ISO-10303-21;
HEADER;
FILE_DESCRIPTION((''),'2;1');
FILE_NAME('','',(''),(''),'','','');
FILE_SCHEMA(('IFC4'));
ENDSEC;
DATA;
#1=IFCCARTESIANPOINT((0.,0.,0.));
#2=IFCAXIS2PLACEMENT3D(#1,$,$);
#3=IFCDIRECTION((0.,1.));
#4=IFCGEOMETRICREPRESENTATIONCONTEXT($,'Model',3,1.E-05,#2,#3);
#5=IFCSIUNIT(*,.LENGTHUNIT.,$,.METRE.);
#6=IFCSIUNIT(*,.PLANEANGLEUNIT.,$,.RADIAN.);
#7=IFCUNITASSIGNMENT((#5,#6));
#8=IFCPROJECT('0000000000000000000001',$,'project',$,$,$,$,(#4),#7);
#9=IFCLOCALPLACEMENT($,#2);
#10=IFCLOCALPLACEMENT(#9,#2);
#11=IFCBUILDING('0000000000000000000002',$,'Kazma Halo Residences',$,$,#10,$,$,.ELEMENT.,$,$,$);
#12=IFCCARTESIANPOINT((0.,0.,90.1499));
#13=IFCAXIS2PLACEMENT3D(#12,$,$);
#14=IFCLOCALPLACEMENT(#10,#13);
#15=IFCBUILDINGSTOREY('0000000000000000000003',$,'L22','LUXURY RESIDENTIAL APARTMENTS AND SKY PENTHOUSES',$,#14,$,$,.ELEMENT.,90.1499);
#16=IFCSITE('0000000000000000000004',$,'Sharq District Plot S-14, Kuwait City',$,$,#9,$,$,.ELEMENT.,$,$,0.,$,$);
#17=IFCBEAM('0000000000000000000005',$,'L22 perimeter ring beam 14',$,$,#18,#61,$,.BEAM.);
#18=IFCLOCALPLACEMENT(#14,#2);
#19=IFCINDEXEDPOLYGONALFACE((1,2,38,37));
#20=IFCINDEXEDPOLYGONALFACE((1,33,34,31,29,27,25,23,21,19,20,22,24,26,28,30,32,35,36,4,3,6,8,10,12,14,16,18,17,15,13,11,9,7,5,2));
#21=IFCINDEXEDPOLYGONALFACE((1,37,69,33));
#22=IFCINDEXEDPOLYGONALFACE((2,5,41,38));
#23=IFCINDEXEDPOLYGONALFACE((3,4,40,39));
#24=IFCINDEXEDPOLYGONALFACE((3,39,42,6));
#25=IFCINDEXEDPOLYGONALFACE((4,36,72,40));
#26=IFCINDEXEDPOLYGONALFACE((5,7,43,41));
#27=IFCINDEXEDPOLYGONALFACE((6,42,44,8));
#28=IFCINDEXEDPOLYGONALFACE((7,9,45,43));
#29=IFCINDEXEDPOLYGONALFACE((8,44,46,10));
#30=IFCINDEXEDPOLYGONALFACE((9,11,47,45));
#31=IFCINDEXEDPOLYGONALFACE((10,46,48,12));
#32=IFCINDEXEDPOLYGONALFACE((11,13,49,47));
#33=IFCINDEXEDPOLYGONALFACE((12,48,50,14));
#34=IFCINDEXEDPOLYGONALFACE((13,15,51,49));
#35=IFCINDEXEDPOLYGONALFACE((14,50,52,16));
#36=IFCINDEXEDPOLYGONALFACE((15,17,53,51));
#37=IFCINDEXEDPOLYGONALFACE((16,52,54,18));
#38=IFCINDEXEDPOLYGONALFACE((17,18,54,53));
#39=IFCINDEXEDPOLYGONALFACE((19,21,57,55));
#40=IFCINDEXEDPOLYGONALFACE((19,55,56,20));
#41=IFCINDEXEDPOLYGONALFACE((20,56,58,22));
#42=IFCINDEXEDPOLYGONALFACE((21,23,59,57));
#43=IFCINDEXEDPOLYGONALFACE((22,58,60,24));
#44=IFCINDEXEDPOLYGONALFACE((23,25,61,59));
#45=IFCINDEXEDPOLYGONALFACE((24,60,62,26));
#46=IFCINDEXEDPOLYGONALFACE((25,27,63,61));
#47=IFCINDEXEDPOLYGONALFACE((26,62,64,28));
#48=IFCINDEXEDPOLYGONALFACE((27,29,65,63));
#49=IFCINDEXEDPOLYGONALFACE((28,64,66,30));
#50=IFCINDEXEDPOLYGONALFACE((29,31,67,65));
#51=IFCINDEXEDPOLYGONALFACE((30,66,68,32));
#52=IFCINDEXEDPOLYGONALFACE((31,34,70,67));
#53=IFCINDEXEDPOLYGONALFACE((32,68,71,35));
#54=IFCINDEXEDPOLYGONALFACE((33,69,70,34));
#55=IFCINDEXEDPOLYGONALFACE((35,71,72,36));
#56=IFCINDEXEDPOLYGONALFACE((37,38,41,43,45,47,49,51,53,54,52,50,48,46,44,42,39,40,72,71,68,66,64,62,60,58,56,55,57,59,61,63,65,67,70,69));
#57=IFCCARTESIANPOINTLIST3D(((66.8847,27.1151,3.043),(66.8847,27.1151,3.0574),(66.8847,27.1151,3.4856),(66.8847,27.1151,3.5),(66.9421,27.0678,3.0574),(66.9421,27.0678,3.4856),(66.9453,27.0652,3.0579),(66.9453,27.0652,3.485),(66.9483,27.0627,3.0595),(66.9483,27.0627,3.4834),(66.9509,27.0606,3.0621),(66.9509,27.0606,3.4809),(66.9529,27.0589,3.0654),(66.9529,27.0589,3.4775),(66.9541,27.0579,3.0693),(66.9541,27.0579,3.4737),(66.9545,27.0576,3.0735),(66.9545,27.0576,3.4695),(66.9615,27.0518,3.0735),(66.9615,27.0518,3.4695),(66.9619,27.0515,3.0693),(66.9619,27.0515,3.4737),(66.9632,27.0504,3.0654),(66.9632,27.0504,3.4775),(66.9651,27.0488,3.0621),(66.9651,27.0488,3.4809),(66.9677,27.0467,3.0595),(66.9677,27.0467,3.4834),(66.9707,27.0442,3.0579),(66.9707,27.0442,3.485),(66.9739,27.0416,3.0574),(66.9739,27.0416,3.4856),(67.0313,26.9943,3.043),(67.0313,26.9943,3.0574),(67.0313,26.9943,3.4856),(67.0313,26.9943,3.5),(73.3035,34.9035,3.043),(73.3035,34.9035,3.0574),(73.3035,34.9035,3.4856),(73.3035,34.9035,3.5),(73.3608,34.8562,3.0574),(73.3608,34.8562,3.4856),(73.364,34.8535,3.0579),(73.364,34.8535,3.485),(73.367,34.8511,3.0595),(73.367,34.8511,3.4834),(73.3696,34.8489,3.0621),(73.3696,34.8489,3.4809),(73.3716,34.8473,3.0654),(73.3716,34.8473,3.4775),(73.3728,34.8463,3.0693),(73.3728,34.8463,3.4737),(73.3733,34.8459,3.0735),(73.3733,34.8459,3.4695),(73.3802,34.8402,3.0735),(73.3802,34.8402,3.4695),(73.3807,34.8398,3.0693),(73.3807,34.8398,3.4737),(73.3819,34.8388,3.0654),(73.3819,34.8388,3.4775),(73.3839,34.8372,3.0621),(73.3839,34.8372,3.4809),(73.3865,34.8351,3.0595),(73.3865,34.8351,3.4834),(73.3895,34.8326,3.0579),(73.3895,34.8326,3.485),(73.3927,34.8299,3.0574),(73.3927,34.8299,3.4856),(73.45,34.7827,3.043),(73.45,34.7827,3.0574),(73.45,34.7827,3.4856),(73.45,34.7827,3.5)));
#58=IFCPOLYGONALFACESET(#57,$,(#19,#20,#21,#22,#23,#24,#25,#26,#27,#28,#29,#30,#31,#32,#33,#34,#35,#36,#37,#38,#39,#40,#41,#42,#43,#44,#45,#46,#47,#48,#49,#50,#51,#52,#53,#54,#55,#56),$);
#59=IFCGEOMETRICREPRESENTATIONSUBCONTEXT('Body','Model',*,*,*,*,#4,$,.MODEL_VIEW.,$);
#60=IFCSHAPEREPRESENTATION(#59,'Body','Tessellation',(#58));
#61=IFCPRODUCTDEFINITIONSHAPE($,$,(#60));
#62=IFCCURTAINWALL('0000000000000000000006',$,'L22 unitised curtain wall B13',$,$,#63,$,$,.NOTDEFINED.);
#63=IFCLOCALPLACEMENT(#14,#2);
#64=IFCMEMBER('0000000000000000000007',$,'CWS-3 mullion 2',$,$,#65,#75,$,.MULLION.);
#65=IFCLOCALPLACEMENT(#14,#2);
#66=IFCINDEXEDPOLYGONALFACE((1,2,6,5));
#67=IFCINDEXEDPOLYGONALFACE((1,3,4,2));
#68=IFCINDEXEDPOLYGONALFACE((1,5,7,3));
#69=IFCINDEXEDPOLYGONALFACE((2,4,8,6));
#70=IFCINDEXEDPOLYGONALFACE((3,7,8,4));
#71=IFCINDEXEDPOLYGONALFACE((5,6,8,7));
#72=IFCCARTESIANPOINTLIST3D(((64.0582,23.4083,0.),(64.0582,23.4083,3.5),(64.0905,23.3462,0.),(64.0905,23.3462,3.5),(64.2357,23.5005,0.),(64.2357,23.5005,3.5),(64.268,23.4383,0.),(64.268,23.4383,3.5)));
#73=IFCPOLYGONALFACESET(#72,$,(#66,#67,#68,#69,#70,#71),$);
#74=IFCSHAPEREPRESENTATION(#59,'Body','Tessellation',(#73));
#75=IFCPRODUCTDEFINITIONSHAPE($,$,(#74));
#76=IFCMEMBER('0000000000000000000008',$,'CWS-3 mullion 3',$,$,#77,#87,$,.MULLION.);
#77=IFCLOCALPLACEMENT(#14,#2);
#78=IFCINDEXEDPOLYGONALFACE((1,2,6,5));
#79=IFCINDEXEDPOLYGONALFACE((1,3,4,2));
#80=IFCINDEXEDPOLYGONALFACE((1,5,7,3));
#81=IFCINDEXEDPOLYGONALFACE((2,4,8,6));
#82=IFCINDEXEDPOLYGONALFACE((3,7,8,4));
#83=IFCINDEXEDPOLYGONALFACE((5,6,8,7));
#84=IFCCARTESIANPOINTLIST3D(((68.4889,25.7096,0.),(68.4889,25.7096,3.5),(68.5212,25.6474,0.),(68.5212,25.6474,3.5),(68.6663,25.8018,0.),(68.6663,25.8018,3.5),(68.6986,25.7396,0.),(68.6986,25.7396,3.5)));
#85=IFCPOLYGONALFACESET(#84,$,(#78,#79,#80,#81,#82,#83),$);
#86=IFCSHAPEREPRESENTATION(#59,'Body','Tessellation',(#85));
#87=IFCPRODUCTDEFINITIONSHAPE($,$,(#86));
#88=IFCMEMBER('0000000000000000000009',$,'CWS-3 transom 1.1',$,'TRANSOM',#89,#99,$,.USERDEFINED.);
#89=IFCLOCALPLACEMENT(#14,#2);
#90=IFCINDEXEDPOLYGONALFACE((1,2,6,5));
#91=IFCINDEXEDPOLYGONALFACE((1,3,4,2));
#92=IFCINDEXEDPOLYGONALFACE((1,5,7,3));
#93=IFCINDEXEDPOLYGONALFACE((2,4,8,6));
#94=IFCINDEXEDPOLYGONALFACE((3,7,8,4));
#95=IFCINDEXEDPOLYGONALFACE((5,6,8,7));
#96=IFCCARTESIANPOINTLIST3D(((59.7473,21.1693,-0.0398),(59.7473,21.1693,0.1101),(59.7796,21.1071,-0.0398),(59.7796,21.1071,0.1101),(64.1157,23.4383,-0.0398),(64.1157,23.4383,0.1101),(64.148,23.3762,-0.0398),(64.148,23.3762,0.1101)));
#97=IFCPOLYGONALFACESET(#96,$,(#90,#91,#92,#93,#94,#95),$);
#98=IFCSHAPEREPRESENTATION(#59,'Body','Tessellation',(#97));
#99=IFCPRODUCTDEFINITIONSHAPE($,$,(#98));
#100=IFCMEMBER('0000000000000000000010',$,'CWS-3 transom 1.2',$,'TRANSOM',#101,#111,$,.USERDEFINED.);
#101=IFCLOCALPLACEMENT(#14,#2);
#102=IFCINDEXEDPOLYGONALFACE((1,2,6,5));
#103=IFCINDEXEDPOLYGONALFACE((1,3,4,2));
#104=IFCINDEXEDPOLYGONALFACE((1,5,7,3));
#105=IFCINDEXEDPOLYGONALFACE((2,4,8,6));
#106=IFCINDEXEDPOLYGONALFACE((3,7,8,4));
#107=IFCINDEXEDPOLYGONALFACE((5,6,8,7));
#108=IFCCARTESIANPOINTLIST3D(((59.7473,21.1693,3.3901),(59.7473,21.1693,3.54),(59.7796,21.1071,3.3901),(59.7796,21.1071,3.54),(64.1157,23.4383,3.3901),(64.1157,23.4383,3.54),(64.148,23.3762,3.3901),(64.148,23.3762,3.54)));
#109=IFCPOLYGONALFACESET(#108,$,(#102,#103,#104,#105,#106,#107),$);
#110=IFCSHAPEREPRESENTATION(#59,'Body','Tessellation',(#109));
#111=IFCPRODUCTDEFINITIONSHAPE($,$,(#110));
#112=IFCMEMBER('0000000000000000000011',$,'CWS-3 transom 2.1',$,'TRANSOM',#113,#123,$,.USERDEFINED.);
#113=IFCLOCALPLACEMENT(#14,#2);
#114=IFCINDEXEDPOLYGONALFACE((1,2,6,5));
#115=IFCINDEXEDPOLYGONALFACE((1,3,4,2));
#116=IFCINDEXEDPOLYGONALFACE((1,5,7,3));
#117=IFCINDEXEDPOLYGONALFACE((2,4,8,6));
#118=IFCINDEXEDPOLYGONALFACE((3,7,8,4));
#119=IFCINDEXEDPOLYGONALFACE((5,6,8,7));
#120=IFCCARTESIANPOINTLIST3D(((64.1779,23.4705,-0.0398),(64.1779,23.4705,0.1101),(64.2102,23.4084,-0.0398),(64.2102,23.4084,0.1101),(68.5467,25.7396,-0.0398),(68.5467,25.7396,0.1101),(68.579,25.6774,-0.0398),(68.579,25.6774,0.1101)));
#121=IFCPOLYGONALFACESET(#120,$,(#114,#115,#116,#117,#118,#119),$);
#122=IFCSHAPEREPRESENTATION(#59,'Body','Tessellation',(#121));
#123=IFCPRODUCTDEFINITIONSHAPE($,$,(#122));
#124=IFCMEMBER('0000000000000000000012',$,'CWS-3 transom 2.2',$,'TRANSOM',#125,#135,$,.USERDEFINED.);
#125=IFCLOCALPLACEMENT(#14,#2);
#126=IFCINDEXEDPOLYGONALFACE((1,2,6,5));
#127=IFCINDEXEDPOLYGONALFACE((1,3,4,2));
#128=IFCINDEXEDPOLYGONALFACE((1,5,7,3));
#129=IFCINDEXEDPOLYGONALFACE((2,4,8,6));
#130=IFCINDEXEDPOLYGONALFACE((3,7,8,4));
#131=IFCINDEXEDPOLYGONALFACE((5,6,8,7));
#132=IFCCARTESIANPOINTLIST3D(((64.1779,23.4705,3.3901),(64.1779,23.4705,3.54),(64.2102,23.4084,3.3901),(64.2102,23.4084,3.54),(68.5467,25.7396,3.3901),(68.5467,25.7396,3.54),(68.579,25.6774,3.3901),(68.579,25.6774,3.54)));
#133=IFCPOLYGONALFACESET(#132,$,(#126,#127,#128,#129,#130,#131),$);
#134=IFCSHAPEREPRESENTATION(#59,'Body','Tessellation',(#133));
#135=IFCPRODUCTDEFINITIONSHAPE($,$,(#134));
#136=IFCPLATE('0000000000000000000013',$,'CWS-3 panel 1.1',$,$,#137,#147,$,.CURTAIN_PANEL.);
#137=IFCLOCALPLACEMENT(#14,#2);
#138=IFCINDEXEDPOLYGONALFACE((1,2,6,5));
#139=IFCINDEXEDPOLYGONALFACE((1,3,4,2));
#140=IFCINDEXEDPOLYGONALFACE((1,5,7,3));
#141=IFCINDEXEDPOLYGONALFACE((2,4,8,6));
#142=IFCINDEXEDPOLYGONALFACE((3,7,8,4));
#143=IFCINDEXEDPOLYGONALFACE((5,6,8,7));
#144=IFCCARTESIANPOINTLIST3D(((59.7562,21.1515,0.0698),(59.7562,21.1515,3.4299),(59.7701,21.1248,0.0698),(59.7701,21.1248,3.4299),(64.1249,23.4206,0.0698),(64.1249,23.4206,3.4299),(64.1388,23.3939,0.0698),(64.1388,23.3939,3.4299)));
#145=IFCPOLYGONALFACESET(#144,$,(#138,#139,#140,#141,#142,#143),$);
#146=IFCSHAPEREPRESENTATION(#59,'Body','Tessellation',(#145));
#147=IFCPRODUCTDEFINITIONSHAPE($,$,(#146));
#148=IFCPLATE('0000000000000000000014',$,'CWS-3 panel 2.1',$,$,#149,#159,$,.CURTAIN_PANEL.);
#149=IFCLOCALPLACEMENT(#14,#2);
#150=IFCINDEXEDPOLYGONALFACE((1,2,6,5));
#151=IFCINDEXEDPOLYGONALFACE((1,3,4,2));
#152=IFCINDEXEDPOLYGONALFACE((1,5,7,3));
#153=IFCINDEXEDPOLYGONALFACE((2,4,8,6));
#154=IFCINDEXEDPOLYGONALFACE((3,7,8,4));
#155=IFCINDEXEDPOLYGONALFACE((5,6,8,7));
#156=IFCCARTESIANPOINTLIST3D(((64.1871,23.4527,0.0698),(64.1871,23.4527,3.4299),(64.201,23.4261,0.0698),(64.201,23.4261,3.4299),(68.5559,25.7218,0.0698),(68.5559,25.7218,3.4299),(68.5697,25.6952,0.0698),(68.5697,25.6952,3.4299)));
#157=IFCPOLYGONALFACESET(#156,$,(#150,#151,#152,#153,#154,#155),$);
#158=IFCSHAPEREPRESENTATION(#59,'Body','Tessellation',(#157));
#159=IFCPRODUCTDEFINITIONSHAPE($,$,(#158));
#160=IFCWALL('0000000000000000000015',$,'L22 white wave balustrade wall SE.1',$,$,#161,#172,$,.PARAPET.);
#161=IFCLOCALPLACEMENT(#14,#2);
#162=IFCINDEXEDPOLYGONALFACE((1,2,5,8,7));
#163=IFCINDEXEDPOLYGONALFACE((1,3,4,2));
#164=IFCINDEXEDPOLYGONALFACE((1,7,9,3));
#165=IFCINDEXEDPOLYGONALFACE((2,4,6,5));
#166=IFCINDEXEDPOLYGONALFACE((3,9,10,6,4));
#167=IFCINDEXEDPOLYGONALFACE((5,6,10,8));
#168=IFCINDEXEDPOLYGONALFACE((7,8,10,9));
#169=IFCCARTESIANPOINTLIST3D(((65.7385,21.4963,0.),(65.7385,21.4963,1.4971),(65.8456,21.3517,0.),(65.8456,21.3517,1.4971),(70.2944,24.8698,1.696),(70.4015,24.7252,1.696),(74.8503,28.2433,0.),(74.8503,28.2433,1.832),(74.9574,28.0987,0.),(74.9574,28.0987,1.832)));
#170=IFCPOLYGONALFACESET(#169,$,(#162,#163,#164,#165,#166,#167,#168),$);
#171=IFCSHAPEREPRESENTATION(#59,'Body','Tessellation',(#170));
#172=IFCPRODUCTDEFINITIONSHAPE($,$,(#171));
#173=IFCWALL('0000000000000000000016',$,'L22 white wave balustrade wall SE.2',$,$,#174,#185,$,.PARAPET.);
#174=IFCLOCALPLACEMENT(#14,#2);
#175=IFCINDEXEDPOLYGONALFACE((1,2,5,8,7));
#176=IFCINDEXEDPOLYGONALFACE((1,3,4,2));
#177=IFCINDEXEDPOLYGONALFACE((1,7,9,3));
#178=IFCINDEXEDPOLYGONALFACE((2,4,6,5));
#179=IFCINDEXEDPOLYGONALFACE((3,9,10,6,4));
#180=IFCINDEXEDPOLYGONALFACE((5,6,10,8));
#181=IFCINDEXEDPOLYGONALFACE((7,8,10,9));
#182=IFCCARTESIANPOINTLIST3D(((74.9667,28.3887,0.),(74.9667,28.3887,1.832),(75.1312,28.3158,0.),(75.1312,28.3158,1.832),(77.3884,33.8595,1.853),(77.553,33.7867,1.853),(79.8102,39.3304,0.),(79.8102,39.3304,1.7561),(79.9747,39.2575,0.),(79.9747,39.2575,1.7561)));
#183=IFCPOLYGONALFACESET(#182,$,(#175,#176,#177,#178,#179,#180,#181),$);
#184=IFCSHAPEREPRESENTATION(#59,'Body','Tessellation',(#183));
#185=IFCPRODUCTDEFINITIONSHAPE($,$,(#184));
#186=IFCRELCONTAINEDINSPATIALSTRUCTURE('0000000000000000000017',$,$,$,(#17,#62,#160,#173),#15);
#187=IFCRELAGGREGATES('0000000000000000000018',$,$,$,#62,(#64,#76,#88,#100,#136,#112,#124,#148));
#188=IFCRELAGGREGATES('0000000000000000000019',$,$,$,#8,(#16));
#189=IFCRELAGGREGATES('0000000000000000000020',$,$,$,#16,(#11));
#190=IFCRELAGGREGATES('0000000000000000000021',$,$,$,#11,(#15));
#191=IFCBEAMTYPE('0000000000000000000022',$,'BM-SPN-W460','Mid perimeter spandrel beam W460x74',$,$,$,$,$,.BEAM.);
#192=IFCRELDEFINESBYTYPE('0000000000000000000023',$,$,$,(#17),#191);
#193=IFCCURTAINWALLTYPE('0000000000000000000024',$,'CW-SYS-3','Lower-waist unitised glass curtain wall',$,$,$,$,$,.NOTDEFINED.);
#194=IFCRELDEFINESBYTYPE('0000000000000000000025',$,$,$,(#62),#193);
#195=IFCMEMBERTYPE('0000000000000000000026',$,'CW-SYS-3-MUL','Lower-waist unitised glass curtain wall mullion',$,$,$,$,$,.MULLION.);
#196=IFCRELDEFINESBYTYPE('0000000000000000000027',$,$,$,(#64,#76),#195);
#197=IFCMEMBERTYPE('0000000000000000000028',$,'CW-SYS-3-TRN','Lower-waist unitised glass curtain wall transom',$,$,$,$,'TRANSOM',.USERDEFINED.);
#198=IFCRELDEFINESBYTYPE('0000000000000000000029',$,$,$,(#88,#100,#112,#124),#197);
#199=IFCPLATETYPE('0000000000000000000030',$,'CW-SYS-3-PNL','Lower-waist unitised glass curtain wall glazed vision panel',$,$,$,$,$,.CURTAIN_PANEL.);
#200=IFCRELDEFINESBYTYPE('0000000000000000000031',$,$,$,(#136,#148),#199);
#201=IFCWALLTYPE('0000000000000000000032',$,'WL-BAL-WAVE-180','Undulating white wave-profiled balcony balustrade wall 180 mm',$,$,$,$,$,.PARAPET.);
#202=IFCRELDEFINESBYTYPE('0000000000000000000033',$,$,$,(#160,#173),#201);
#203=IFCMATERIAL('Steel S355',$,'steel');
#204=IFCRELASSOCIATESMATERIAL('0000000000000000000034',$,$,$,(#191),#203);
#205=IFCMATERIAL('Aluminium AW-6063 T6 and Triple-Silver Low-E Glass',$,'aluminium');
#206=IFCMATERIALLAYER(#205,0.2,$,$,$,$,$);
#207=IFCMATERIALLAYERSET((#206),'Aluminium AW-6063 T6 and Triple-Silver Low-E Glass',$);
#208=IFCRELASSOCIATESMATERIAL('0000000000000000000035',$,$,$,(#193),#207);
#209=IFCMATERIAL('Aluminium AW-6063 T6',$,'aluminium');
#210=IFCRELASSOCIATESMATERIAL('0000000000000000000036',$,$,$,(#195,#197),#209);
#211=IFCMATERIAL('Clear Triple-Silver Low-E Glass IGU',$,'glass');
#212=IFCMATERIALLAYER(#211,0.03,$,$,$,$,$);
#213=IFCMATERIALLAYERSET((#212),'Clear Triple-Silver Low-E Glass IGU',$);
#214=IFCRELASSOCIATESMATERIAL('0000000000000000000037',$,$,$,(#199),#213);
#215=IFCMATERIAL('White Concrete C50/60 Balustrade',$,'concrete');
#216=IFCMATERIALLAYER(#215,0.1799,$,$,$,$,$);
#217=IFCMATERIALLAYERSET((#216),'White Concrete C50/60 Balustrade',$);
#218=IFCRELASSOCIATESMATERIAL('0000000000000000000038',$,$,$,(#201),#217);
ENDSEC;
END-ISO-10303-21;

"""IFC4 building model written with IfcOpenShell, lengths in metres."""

from ifc_helpers import new_model, si_unit, direction, frame, origin, origin_2d, place, context, subcontext, project, spatial, polyline, rectangle, i_section, outline, extrude, material, layer, layer_set, material_profile, profile_set, type_object, element, aggregate, save


model = new_model("IFC4")

# Units and contexts
model_context = context("Model", 3, precision=1e-05, world=origin(), true_north=direction((0.0, 1.0)))
body_context = subcontext(model_context, "Body", "Model", "MODEL_VIEW")
ifc_project = project(units=[si_unit("LENGTHUNIT", "METRE"), si_unit("PLANEANGLEUNIT", "RADIAN")], contexts=[model_context])

# Site, building, storey
site_placement = place(None, origin())
site = spatial("IfcSite", under=ifc_project, at=site_placement, Name="Sharq District Plot S-14, Kuwait City", CompositionType="ELEMENT", RefElevation=0.0)
building_placement = place(site_placement, origin())
building = spatial("IfcBuilding", under=site, at=building_placement, Name="Kazma Halo Residences", CompositionType="ELEMENT")
storey_placement = place(building_placement, frame((0.0, 0.0, 90.1499)))
storey = spatial("IfcBuildingStorey", under=building, at=storey_placement, Name="L22", Description="LUXURY RESIDENTIAL APARTMENTS AND SKY PENTHOUSES", CompositionType="ELEMENT", Elevation=90.1499)

# Beam
ifc_material_1 = material(Name="Steel S355", Category="steel")
ifc_material_profile_1 = material_profile(ifc_material_1, i_section(OverallWidth=0.1899, OverallDepth=0.457, WebThickness=0.009, FlangeThickness=0.0144, FilletRadius=0.0161, at=origin_2d()), Name="W460x74")
ifc_profile_set_1 = profile_set([ifc_material_profile_1], Name="Steel S355")
beam_type_1 = type_object("IfcBeamType", Name="BM-SPN-W460", Description="Mid perimeter spandrel beam W460x74", PredefinedType="BEAM", material=ifc_profile_set_1)
beam_1_placement = place(storey_placement, frame((66.958, 27.0547, 3.2715), z_axis=(0.63599, 0.771698, 0.0), x_axis=(-0.771698, 0.63599, 0.0)))
element("IfcBeam", 1, at=beam_1_placement, inside=storey, type_object=beam_type_1, Name="L22 perimeter ring beam 14", PredefinedType="BEAM", context=body_context, shape_type="SweptSolid", body=[
    extrude(i_section(OverallWidth=0.1899, OverallDepth=0.457, WebThickness=0.009, FlangeThickness=0.0144, FilletRadius=0.0161, at=origin_2d()), origin(), (0.0, 0.0, 1.0), 10.0925),
])

# Curtain wall, members, plates
ifc_material_2 = material(Name="Aluminium AW-6063 T6 and Triple-Silver Low-E Glass", Category="aluminium")
ifc_layer_1 = layer(ifc_material_2, 0.2)
ifc_layer_set_1 = layer_set([ifc_layer_1], Name="Aluminium AW-6063 T6 and Triple-Silver Low-E Glass")
curtain_wall_type = type_object("IfcCurtainWallType", Name="CW-SYS-3", Description="Lower-waist unitised glass curtain wall", PredefinedType="NOTDEFINED", material=ifc_layer_set_1)
curtain_wall_placement = place(storey_placement, origin())
curtain_wall = element("IfcCurtainWall", 2, at=curtain_wall_placement, inside=storey, type_object=curtain_wall_type, Name="L22 unitised curtain wall B13", PredefinedType="NOTDEFINED")
ifc_material_3 = material(Name="Aluminium AW-6063 T6", Category="aluminium")
ifc_material_profile_2 = material_profile(ifc_material_3, rectangle(XDim=0.0701, YDim=0.2, at=origin_2d()), Name="CWM-70x200")
ifc_profile_set_2 = profile_set([ifc_material_profile_2], Name="Aluminium AW-6063 T6")
member_type_1 = type_object("IfcMemberType", Name="CW-SYS-3-MUL", Description="Lower-waist unitised glass curtain wall mullion", PredefinedType="MULLION", material=ifc_profile_set_2)
member_1_placement = place(storey_placement, frame((64.1631, 23.4233, 0.0), z_axis=(0.0, 0.0, 1.0), x_axis=(-0.460932, 0.887435, 0.0)))
member_1 = element("IfcMember", 3, at=member_1_placement, type_object=member_type_1, Name="CWS-3 mullion 2", PredefinedType="MULLION", context=body_context, shape_type="SweptSolid", body=[
    extrude(rectangle(XDim=0.0701, YDim=0.2, at=origin_2d()), origin(), (0.0, 0.0, 1.0), 3.5),
])
member_2_placement = place(storey_placement, frame((68.5938, 25.7246, 0.0), z_axis=(0.0, 0.0, 1.0), x_axis=(-0.460932, 0.887435, 0.0)))
member_2 = element("IfcMember", 4, at=member_2_placement, type_object=member_type_1, Name="CWS-3 mullion 3", PredefinedType="MULLION", context=body_context, shape_type="SweptSolid", body=[
    extrude(rectangle(XDim=0.0701, YDim=0.2, at=origin_2d()), origin(), (0.0, 0.0, 1.0), 3.5),
])
ifc_material_profile_3 = material_profile(ifc_material_3, rectangle(XDim=0.0701, YDim=0.1499, at=origin_2d()), Name="CWT-70x150")
ifc_profile_set_3 = profile_set([ifc_material_profile_3], Name="Aluminium AW-6063 T6")
member_type_2 = type_object("IfcMemberType", Name="CW-SYS-3-TRN", Description="Lower-waist unitised glass curtain wall transom", ElementType="TRANSOM", PredefinedType="USERDEFINED", material=ifc_profile_set_3)
member_3_placement = place(storey_placement, frame((59.7634, 21.1382, 0.0352), z_axis=(0.887427, 0.460948, 0.0), x_axis=(-0.460948, 0.887427, 0.0)))
member_3 = element("IfcMember", 5, at=member_3_placement, type_object=member_type_2, Name="CWS-3 transom 1.1", ObjectType="TRANSOM", PredefinedType="USERDEFINED", context=body_context, shape_type="SweptSolid", body=[
    extrude(rectangle(XDim=0.0701, YDim=0.1499, at=origin_2d()), origin(), (0.0, 0.0, 1.0), 4.9226),
])
member_4_placement = place(storey_placement, frame((59.7634, 21.1382, 3.4651), z_axis=(0.887427, 0.460948, 0.0), x_axis=(-0.460948, 0.887427, 0.0)))
member_4 = element("IfcMember", 6, at=member_4_placement, type_object=member_type_2, Name="CWS-3 transom 1.2", ObjectType="TRANSOM", PredefinedType="USERDEFINED", context=body_context, shape_type="SweptSolid", body=[
    extrude(rectangle(XDim=0.0701, YDim=0.1499, at=origin_2d()), origin(), (0.0, 0.0, 1.0), 4.9226),
])
member_5_placement = place(storey_placement, frame((64.1941, 23.4395, 0.0352), z_axis=(0.887438, 0.460928, 0.0), x_axis=(-0.460928, 0.887438, 0.0)))
member_5 = element("IfcMember", 7, at=member_5_placement, type_object=member_type_2, Name="CWS-3 transom 2.1", ObjectType="TRANSOM", PredefinedType="USERDEFINED", context=body_context, shape_type="SweptSolid", body=[
    extrude(rectangle(XDim=0.0701, YDim=0.1499, at=origin_2d()), origin(), (0.0, 0.0, 1.0), 4.9229),
])
member_6_placement = place(storey_placement, frame((64.1941, 23.4395, 3.4651), z_axis=(0.887438, 0.460928, 0.0), x_axis=(-0.460928, 0.887438, 0.0)))
member_6 = element("IfcMember", 8, at=member_6_placement, type_object=member_type_2, Name="CWS-3 transom 2.2", ObjectType="TRANSOM", PredefinedType="USERDEFINED", context=body_context, shape_type="SweptSolid", body=[
    extrude(rectangle(XDim=0.0701, YDim=0.1499, at=origin_2d()), origin(), (0.0, 0.0, 1.0), 4.9229),
])
ifc_material_4 = material(Name="Clear Triple-Silver Low-E Glass IGU", Category="glass")
ifc_layer_2 = layer(ifc_material_4, 0.03)
ifc_layer_set_2 = layer_set([ifc_layer_2], Name="Clear Triple-Silver Low-E Glass IGU")
plate_type = type_object("IfcPlateType", Name="CW-SYS-3-PNL", Description="Lower-waist unitised glass curtain wall glazed vision panel", PredefinedType="CURTAIN_PANEL", material=ifc_layer_set_2)
plate_1_placement = place(storey_placement, frame((61.9475, 22.2727, 0.0698), z_axis=(0.0, 0.0, 1.0), x_axis=(0.887435, 0.460932, 0.0)))
plate_1 = element("IfcPlate", 9, at=plate_1_placement, type_object=plate_type, Name="CWS-3 panel 1.1", PredefinedType="CURTAIN_PANEL", context=body_context, shape_type="SweptSolid", body=[
    extrude(rectangle(XDim=4.9229, YDim=0.03, at=origin_2d()), origin(), (0.0, 0.0, 1.0), 3.3601),
])
plate_2_placement = place(storey_placement, frame((66.3784, 24.574, 0.0698), z_axis=(0.0, 0.0, 1.0), x_axis=(0.887435, 0.460932, 0.0)))
plate_2 = element("IfcPlate", 10, at=plate_2_placement, type_object=plate_type, Name="CWS-3 panel 2.1", PredefinedType="CURTAIN_PANEL", context=body_context, shape_type="SweptSolid", body=[
    extrude(rectangle(XDim=4.9229, YDim=0.03, at=origin_2d()), origin(), (0.0, 0.0, 1.0), 3.3601),
])
aggregate(curtain_wall, [member_1, member_2, member_3, member_4, plate_1, member_5, member_6, plate_2])

# Walls
ifc_material_5 = material(Name="White Concrete C50/60 Balustrade", Category="concrete")
ifc_layer_3 = layer(ifc_material_5, 0.1799)
ifc_layer_set_3 = layer_set([ifc_layer_3], Name="White Concrete C50/60 Balustrade")
wall_type_1 = type_object("IfcWallType", Name="WL-BAL-WAVE-180", Description="Undulating white wave-profiled balcony balustrade wall 180 mm", PredefinedType="PARAPET", material=ifc_layer_set_3)
wall_1_placement = place(storey_placement, frame((65.792, 21.4241, 0.0), z_axis=(0.0, 0.0, 1.0), x_axis=(0.803659, 0.59509, 0.0)))
element("IfcWall", 11, at=wall_1_placement, inside=storey, type_object=wall_type_1, Name="L22 white wave balustrade wall SE.1", PredefinedType="PARAPET", context=body_context, shape_type="SweptSolid", body=[
    extrude(outline(polyline([(0.0, 0.0), (11.3379, 0.0), (11.3379, 1.832), (5.6689, 1.696), (0.0, 1.4971), (0.0, 0.0)])), frame((0.0, 0.0898, 0.0), z_axis=(0.0, -1.0, 0.0), x_axis=(1.0, 0.0, 0.0)), (0.0, 0.0, 1.0), 0.1799),
])
wall_2_placement = place(storey_placement, frame((75.0488, 28.3523, 0.0), z_axis=(0.0, 0.0, 1.0), x_axis=(0.404781, 0.914414, 0.0)))
element("IfcWall", 12, at=wall_2_placement, inside=storey, type_object=wall_type_1, Name="L22 white wave balustrade wall SE.2", PredefinedType="PARAPET", context=body_context, shape_type="SweptSolid", body=[
    extrude(outline(polyline([(0.0, 0.0), (11.9658, 0.0), (11.9658, 1.7561), (5.9829, 1.853), (0.0, 1.832), (0.0, 0.0)])), frame((0.0, 0.0898, 0.0), z_axis=(0.0, -1.0, 0.0), x_axis=(1.0, 0.0, 0.0)), (0.0, 0.0, 1.0), 0.1799),
])

save(model, "model.ifc")
